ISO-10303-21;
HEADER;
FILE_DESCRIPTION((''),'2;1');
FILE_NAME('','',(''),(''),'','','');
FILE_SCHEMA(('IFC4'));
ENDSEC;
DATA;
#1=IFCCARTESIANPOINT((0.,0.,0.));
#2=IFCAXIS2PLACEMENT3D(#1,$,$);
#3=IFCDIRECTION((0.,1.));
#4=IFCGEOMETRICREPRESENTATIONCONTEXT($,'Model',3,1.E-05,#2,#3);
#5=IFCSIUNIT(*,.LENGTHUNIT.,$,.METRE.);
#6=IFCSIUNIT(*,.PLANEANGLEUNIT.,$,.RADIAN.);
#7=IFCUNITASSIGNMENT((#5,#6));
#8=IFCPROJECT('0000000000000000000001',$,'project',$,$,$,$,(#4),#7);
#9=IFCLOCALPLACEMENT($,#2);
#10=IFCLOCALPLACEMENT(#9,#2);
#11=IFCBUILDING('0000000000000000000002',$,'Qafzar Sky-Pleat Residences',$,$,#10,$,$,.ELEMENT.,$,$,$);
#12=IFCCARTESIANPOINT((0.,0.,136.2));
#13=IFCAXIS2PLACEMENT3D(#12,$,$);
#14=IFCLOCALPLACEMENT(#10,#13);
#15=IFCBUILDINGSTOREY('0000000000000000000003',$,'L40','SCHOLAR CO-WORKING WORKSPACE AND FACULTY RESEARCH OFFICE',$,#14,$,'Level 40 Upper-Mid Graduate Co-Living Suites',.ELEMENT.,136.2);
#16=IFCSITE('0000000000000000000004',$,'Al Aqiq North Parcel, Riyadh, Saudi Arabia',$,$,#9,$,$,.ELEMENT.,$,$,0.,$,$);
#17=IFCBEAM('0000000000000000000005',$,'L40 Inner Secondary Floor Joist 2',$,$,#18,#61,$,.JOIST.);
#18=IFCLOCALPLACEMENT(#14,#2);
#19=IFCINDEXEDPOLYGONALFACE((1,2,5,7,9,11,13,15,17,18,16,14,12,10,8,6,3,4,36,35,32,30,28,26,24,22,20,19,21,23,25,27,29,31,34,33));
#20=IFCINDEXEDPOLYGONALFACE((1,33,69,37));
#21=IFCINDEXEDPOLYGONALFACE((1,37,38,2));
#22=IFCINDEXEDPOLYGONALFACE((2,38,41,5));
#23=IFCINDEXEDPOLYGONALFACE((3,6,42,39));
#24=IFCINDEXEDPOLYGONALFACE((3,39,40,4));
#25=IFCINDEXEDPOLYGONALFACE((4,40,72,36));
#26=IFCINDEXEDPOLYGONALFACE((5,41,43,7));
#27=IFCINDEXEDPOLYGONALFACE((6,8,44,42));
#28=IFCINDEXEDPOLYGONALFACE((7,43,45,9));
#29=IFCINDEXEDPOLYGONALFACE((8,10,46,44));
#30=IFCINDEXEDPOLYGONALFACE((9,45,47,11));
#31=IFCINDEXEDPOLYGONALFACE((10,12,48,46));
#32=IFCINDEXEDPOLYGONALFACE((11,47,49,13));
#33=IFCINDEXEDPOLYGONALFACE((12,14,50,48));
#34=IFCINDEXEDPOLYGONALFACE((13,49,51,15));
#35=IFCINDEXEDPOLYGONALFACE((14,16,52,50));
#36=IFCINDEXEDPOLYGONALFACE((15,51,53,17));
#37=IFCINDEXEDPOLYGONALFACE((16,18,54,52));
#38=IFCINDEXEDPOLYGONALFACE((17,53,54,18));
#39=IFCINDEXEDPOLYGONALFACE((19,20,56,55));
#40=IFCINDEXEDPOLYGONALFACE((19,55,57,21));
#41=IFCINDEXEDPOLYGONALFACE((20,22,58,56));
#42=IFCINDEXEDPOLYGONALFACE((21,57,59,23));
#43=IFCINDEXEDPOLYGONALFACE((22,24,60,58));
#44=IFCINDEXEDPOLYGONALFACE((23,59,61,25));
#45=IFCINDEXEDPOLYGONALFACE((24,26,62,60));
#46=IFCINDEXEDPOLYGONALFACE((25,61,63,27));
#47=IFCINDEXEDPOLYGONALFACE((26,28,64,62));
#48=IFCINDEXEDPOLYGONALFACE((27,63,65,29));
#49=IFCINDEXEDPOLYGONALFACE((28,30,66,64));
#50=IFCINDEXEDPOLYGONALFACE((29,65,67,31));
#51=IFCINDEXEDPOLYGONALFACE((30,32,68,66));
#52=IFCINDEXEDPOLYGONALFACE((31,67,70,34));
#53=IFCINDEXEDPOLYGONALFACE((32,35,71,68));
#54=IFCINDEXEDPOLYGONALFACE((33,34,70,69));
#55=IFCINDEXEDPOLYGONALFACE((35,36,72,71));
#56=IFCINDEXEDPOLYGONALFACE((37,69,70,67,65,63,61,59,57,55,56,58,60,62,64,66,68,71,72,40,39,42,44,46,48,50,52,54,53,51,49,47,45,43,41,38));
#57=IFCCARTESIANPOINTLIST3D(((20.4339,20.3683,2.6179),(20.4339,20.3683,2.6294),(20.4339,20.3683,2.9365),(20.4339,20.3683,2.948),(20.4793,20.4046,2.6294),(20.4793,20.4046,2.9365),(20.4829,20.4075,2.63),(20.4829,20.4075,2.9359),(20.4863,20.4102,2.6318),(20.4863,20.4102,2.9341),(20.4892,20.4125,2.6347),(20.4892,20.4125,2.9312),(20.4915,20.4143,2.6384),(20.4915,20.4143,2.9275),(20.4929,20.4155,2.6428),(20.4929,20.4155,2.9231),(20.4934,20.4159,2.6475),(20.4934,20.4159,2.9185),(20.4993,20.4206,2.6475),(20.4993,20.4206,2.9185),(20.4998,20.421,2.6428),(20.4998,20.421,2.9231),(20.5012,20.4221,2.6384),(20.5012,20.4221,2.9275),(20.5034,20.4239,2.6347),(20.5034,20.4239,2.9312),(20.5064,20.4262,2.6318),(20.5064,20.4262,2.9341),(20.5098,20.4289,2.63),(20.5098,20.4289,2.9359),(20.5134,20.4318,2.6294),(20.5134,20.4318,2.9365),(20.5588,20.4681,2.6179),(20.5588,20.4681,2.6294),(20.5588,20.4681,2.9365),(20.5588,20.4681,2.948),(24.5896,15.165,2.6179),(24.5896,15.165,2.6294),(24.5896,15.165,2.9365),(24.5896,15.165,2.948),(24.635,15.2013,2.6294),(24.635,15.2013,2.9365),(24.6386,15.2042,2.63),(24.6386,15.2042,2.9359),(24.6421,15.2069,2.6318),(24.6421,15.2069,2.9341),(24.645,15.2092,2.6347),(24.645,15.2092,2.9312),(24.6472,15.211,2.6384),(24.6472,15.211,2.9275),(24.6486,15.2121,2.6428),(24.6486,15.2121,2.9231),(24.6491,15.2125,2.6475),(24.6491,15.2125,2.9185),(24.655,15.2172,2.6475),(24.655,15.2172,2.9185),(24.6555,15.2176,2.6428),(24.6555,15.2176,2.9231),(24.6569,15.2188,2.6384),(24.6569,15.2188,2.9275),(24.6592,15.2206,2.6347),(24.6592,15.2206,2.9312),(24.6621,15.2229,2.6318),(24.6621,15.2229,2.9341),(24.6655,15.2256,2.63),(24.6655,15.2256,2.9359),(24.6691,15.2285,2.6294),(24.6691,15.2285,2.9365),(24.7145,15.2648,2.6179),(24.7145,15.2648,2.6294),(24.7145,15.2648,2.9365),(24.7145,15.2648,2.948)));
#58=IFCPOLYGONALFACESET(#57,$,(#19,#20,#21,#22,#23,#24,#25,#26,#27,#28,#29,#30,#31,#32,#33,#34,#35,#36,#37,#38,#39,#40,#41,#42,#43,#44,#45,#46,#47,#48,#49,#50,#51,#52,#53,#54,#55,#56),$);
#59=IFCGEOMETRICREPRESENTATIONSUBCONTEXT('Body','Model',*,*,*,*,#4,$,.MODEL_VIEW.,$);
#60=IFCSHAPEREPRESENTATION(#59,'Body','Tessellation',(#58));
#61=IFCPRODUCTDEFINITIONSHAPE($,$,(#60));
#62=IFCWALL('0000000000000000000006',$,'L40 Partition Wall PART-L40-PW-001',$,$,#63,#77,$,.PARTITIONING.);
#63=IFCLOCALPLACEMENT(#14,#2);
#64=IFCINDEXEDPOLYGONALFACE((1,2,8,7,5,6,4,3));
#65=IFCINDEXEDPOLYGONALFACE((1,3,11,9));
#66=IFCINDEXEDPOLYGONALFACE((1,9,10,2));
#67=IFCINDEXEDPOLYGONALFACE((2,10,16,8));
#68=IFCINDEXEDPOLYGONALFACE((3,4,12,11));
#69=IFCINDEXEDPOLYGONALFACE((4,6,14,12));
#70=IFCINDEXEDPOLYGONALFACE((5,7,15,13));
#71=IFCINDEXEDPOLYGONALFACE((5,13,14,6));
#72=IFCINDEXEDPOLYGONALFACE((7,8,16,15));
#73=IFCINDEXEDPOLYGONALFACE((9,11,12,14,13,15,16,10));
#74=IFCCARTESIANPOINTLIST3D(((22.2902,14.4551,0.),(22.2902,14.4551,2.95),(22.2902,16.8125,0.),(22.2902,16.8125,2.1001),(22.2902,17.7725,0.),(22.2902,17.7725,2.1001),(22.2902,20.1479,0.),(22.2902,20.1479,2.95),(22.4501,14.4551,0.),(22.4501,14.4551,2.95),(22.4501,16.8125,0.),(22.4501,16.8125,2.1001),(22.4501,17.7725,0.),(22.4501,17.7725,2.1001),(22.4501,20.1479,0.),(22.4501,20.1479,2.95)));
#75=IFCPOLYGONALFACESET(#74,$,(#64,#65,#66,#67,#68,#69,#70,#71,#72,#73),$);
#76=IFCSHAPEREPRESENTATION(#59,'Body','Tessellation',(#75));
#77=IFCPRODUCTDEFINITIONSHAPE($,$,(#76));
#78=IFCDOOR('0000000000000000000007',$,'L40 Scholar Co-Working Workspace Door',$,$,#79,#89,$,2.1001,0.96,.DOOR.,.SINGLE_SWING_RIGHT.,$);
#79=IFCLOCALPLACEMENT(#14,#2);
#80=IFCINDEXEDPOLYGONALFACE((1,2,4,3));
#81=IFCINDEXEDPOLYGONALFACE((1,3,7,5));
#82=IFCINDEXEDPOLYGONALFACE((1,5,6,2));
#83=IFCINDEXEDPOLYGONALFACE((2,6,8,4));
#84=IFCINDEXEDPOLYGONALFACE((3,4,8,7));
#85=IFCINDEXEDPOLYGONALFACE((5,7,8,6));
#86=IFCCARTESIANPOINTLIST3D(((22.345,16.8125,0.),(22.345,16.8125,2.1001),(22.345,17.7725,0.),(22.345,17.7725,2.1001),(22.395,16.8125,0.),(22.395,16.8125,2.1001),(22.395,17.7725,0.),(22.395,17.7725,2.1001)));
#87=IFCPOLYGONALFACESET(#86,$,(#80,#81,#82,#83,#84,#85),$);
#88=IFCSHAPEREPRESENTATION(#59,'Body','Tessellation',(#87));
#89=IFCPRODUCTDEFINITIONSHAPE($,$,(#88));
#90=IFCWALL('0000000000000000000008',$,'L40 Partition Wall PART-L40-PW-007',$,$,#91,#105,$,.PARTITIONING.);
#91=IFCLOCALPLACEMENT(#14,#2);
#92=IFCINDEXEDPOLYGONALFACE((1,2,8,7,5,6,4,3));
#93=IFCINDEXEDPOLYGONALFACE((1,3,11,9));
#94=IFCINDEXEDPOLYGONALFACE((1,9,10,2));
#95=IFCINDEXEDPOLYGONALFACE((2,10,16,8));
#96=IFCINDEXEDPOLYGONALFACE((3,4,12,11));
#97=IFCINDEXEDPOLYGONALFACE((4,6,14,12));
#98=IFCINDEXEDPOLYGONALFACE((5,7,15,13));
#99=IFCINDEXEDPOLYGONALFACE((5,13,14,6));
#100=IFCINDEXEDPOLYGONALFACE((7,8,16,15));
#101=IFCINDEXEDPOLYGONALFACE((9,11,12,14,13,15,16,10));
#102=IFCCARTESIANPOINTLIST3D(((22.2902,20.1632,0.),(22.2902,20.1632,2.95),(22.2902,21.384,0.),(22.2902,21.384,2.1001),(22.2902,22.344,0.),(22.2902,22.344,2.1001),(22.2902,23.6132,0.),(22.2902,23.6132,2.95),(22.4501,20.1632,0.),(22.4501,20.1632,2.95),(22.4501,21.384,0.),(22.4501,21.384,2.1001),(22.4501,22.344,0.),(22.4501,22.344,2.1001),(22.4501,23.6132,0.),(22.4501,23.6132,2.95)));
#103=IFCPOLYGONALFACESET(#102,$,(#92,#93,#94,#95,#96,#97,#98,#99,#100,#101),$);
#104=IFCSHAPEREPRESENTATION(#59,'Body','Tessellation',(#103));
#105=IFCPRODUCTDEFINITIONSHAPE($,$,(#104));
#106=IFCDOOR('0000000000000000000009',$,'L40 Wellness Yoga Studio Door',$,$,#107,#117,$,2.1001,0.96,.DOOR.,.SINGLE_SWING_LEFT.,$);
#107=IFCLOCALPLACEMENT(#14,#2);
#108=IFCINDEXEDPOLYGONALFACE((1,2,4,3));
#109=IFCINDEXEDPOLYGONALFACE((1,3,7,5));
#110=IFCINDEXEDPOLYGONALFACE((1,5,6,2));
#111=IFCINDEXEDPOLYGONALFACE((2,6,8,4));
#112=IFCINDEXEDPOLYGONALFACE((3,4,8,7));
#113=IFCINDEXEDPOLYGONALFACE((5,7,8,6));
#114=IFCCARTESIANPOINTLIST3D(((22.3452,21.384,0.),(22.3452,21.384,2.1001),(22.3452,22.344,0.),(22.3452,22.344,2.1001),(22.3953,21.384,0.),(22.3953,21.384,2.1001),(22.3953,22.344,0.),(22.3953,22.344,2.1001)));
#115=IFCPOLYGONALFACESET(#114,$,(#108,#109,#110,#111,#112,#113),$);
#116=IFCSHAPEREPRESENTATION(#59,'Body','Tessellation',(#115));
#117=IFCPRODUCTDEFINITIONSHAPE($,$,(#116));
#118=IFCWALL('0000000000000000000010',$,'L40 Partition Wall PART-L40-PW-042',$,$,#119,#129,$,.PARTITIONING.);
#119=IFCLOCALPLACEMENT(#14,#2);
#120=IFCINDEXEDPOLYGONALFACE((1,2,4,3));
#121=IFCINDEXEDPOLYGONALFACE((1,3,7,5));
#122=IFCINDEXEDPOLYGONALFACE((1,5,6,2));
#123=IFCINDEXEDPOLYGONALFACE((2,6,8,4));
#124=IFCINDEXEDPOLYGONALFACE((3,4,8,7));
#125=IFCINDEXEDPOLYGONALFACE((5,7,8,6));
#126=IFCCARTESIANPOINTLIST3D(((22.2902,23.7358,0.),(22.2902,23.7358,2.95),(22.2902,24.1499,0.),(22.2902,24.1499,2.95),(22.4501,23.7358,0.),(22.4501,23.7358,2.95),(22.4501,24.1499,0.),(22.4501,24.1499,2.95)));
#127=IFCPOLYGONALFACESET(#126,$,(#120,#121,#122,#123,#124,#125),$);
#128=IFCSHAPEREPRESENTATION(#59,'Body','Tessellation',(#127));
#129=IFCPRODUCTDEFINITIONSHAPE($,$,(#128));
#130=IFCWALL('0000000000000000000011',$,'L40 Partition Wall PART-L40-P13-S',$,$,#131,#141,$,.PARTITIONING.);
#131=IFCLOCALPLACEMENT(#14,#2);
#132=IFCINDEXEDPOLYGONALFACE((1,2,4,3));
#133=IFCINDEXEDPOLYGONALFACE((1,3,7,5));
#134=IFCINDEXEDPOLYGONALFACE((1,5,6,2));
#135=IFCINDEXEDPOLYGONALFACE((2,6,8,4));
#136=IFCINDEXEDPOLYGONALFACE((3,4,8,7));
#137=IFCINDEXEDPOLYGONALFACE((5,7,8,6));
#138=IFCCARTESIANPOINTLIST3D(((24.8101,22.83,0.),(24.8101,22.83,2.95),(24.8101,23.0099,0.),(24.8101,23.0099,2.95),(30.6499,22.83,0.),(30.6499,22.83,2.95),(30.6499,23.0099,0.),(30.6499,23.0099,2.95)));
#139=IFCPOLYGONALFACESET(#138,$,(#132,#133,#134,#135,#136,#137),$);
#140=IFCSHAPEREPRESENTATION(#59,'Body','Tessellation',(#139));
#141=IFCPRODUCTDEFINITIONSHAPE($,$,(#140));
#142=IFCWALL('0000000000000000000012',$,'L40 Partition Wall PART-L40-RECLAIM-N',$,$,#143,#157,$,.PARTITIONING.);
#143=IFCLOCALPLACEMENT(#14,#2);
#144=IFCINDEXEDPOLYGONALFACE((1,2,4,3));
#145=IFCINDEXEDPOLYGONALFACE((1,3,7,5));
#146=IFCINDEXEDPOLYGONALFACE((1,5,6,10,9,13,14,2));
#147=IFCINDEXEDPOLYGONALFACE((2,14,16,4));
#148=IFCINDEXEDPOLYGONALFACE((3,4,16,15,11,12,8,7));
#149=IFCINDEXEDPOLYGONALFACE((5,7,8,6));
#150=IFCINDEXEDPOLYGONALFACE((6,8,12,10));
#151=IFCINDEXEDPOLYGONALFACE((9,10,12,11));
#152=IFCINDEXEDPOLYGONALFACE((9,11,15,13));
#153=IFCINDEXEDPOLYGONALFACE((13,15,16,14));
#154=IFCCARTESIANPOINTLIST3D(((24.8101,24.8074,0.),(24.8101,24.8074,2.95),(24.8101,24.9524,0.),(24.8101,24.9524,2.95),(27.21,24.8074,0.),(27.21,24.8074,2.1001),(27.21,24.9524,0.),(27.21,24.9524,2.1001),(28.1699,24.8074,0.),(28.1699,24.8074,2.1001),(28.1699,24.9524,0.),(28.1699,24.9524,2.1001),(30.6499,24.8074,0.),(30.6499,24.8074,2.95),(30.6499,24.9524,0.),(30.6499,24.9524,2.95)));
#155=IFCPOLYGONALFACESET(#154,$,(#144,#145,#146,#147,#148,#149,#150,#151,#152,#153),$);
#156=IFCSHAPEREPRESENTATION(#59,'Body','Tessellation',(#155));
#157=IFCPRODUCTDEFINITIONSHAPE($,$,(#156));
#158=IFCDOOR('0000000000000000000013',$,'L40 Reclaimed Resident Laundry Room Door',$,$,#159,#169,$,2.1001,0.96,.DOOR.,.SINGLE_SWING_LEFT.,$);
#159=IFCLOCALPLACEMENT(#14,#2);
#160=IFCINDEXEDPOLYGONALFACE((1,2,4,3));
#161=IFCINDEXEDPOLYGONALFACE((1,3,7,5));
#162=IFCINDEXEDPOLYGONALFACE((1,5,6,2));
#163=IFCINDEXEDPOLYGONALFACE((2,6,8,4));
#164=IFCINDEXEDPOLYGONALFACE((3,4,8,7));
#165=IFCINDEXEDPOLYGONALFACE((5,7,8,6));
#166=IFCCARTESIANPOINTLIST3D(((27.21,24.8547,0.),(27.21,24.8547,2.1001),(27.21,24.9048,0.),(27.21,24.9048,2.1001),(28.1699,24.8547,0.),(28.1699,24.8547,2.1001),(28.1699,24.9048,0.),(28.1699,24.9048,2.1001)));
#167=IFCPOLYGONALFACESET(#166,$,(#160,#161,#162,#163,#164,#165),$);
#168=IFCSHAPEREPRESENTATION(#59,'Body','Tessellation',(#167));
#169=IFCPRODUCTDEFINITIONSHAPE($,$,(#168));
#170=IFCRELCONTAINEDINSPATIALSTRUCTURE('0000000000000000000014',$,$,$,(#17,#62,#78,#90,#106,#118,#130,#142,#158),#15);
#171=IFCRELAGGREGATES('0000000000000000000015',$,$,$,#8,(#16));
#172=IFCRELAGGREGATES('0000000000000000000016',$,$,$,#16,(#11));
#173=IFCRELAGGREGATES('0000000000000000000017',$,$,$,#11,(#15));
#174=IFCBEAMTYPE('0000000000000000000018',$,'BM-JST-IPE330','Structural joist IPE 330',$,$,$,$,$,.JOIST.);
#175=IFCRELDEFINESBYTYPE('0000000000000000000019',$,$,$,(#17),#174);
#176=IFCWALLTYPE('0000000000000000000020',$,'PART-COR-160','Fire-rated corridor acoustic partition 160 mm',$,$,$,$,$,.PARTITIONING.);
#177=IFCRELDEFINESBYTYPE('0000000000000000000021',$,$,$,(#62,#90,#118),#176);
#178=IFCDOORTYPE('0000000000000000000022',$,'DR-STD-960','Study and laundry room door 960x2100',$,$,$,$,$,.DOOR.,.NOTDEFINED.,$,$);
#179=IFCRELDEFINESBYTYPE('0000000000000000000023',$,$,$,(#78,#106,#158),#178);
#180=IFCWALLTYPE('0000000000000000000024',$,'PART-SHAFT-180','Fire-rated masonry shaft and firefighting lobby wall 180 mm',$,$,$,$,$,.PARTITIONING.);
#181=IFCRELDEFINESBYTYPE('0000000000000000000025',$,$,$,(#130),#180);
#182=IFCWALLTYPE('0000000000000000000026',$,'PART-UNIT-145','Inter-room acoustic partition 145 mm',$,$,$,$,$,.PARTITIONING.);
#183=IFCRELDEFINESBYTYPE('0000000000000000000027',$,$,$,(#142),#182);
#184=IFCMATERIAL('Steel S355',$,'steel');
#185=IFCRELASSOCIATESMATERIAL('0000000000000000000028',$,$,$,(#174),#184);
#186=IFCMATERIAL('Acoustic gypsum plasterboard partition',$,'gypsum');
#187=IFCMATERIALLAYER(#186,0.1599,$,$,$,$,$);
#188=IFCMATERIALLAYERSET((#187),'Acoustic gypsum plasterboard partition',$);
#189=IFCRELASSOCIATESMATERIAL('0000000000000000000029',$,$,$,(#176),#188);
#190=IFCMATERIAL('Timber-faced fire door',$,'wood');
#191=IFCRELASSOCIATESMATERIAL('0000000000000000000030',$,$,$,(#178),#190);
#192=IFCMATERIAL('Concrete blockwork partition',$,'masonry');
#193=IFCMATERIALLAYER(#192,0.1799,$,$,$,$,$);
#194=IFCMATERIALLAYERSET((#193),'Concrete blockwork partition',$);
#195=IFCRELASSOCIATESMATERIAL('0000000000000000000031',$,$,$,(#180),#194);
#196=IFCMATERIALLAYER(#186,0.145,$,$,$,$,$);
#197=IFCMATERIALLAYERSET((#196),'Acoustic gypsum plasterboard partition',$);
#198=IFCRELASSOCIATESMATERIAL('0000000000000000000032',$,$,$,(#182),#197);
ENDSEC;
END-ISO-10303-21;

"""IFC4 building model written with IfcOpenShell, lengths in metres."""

from ifc_helpers import new_model, si_unit, direction, frame, frame_2d, origin, origin_2d, place, context, subcontext, project, spatial, rectangle, i_section, extrude, source, transform, mapped, material, layer, layer_set, material_profile, profile_set, type_object, element, fill, save


model = new_model("IFC4")

# Units and contexts
model_context = context("Model", 3, precision=1e-05, world=origin(), true_north=direction((0.0, 1.0)))
body_context = subcontext(model_context, "Body", "Model", "MODEL_VIEW")
ifc_project = project(units=[si_unit("LENGTHUNIT", "METRE"), si_unit("PLANEANGLEUNIT", "RADIAN")], contexts=[model_context])

# Site, building, storey
site_placement = place(None, origin())
site = spatial("IfcSite", under=ifc_project, at=site_placement, Name="Al Aqiq North Parcel, Riyadh, Saudi Arabia", CompositionType="ELEMENT", RefElevation=0.0)
building_placement = place(site_placement, origin())
building = spatial("IfcBuilding", under=site, at=building_placement, Name="Qafzar Sky-Pleat Residences", CompositionType="ELEMENT")
storey_placement = place(building_placement, frame((0.0, 0.0, 136.2)))
storey = spatial("IfcBuildingStorey", under=building, at=storey_placement, Name="L40", Description="SCHOLAR CO-WORKING WORKSPACE AND FACULTY RESEARCH OFFICE", LongName="Level 40 Upper-Mid Graduate Co-Living Suites", CompositionType="ELEMENT", Elevation=136.2)

# Beam
ifc_material_1 = material(Name="Steel S355", Category="steel")
ifc_material_profile = material_profile(ifc_material_1, i_section(OverallWidth=0.1599, OverallDepth=0.3301, WebThickness=0.0076, FlangeThickness=0.0115, FilletRadius=0.0181, at=origin_2d()), Name="IPE 330")
ifc_profile_set = profile_set([ifc_material_profile], Name="Steel S355")
beam_type = type_object("IfcBeamType", Name="BM-JST-IPE330", Description="Structural joist IPE 330", PredefinedType="JOIST", material=ifc_profile_set)
shared_shape_1 = source(origin(), body_context, "Body", "SweptSolid", [
    extrude(i_section(OverallWidth=0.1599, OverallDepth=0.3301, WebThickness=0.0076, FlangeThickness=0.0115, FilletRadius=0.0181, at=origin_2d()), origin(), (0.0, 0.0, 1.0), 6.6592),
])
beam_placement = place(storey_placement, frame((20.4963, 20.4182, 2.783), z_axis=(0.62406, -0.781376, 0.0), x_axis=(0.781376, 0.62406, 0.0)))
element("IfcBeam", 1, at=beam_placement, inside=storey, type_object=beam_type, Name="L40 Inner Secondary Floor Joist 2", PredefinedType="JOIST", context=body_context, shape_type="MappedRepresentation", body=[
    mapped(shared_shape_1, transform((0.0, 0.0, 0.0), x_axis=(1.0, 0.0, 0.0), y_axis=(0.0, 1.0, 0.0), z_axis=(0.0, 0.0, 1.0), scale=1.0)),
])

# Walls, openings, doors
ifc_material_2 = material(Name="Acoustic gypsum plasterboard partition", Category="gypsum")
ifc_layer_1 = layer(ifc_material_2, 0.1599)
ifc_layer_set_1 = layer_set([ifc_layer_1], Name="Acoustic gypsum plasterboard partition")
wall_type_1 = type_object("IfcWallType", Name="PART-COR-160", Description="Fire-rated corridor acoustic partition 160 mm", PredefinedType="PARTITIONING", material=ifc_layer_set_1)
wall_1_placement = place(storey_placement, frame((22.3701, 20.1479, 0.0), z_axis=(0.0, 0.0, 1.0), x_axis=(0.0, -1.0, 0.0)))
wall_1 = element("IfcWall", 2, at=wall_1_placement, inside=storey, type_object=wall_type_1, Name="L40 Partition Wall PART-L40-PW-001", PredefinedType="PARTITIONING", context=body_context, shape_type="SweptSolid", body=[
    extrude(rectangle(XDim=5.6929, YDim=0.1599, at=frame_2d((2.8464, 0.0))), origin(), (0.0, 0.0, 1.0), 2.95),
])
opening_1_placement = place(wall_1_placement, frame((2.3755, 0.0, 0.0)))
opening_1 = element("IfcOpeningElement", 3, at=opening_1_placement, cuts=wall_1, PredefinedType="OPENING", context=body_context, shape_type="SweptSolid", body=[
    extrude(rectangle(XDim=0.96, YDim=2.1001, at=frame_2d((0.48, 1.05))), frame((0.0, 0.0898, 0.0), z_axis=(0.0, -1.0, 0.0), x_axis=(1.0, 0.0, 0.0)), (0.0, 0.0, 1.0), 0.1799),
])
ifc_material_3 = material(Name="Timber-faced fire door", Category="wood")
door_type_1 = type_object("IfcDoorType", Name="DR-STD-960", Description="Study and laundry room door 960x2100", OperationType="NOTDEFINED", PredefinedType="DOOR", material=ifc_material_3)
shared_shape_2 = source(origin(), body_context, "Body", "SweptSolid", [
    extrude(rectangle(XDim=0.96, YDim=2.1001, at=frame_2d((0.48, 1.05))), frame((0.0, 0.0249, 0.0), z_axis=(0.0, -1.0, 0.0), x_axis=(1.0, 0.0, 0.0)), (0.0, 0.0, 1.0), 0.05),
])
door_1_placement = place(opening_1_placement, origin())
door_1 = element("IfcDoor", 4, at=door_1_placement, inside=storey, type_object=door_type_1, Name="L40 Scholar Co-Working Workspace Door", OperationType="SINGLE_SWING_RIGHT", OverallHeight=2.1001, OverallWidth=0.96, PredefinedType="DOOR", context=body_context, shape_type="MappedRepresentation", body=[
    mapped(shared_shape_2, transform((0.0, 0.0, 0.0), x_axis=(1.0, 0.0, 0.0), y_axis=(0.0, 1.0, 0.0), z_axis=(0.0, 0.0, 1.0), scale=1.0)),
])
fill(opening_1, door_1)
wall_2_placement = place(storey_placement, frame((22.3701, 20.1631, 0.0), z_axis=(0.0, 0.0, 1.0), x_axis=(0.0, 1.0, 0.0)))
wall_2 = element("IfcWall", 5, at=wall_2_placement, inside=storey, type_object=wall_type_1, Name="L40 Partition Wall PART-L40-PW-007", PredefinedType="PARTITIONING", context=body_context, shape_type="SweptSolid", body=[
    extrude(rectangle(XDim=3.45, YDim=0.1599, at=frame_2d((1.7251, 0.0))), origin(), (0.0, 0.0, 1.0), 2.95),
])
opening_2_placement = place(wall_2_placement, frame((1.2209, 0.0, 0.0)))
opening_2 = element("IfcOpeningElement", 6, at=opening_2_placement, cuts=wall_2, PredefinedType="OPENING", context=body_context, shape_type="SweptSolid", body=[
    extrude(rectangle(XDim=0.96, YDim=2.1001, at=frame_2d((0.48, 1.05))), frame((0.0, 0.0898, 0.0), z_axis=(0.0, -1.0, 0.0), x_axis=(1.0, 0.0, 0.0)), (0.0, 0.0, 1.0), 0.1799),
])
door_2_placement = place(opening_2_placement, origin())
door_2 = element("IfcDoor", 7, at=door_2_placement, inside=storey, type_object=door_type_1, Name="L40 Wellness Yoga Studio Door", OperationType="SINGLE_SWING_LEFT", OverallHeight=2.1001, OverallWidth=0.96, PredefinedType="DOOR", context=body_context, shape_type="MappedRepresentation", body=[
    mapped(shared_shape_2, transform((0.0, 0.0, 0.0), x_axis=(1.0, 0.0, 0.0), y_axis=(0.0, 1.0, 0.0), z_axis=(0.0, 0.0, 1.0), scale=1.0)),
])
fill(opening_2, door_2)

# Walls
wall_3_placement = place(storey_placement, frame((22.3701, 23.7358, 0.0), z_axis=(0.0, 0.0, 1.0), x_axis=(0.0, 1.0, 0.0)))
element("IfcWall", 8, at=wall_3_placement, inside=storey, type_object=wall_type_1, Name="L40 Partition Wall PART-L40-PW-042", PredefinedType="PARTITIONING", context=body_context, shape_type="SweptSolid", body=[
    extrude(rectangle(XDim=0.4141, YDim=0.1599, at=frame_2d((0.207, 0.0))), origin(), (0.0, 0.0, 1.0), 2.95),
])
ifc_material_4 = material(Name="Concrete blockwork partition", Category="masonry")
ifc_layer_2 = layer(ifc_material_4, 0.1799)
ifc_layer_set_2 = layer_set([ifc_layer_2], Name="Concrete blockwork partition")
wall_type_2 = type_object("IfcWallType", Name="PART-SHAFT-180", Description="Fire-rated masonry shaft and firefighting lobby wall 180 mm", PredefinedType="PARTITIONING", material=ifc_layer_set_2)
wall_4_placement = place(storey_placement, frame((24.8101, 22.9199, 0.0), z_axis=(0.0, 0.0, 1.0), x_axis=(1.0, 0.0, 0.0)))
element("IfcWall", 9, at=wall_4_placement, inside=storey, type_object=wall_type_2, Name="L40 Partition Wall PART-L40-P13-S", PredefinedType="PARTITIONING", context=body_context, shape_type="SweptSolid", body=[
    extrude(rectangle(XDim=5.8398, YDim=0.1799, at=frame_2d((2.9199, 0.0))), origin(), (0.0, 0.0, 1.0), 2.95),
])

# Wall, opening, door
ifc_layer_3 = layer(ifc_material_2, 0.145)
ifc_layer_set_3 = layer_set([ifc_layer_3], Name="Acoustic gypsum plasterboard partition")
wall_type_3 = type_object("IfcWallType", Name="PART-UNIT-145", Description="Inter-room acoustic partition 145 mm", PredefinedType="PARTITIONING", material=ifc_layer_set_3)
wall_5_placement = place(storey_placement, frame((24.8101, 24.8799, 0.0), z_axis=(0.0, 0.0, 1.0), x_axis=(1.0, 0.0, 0.0)))
wall_5 = element("IfcWall", 10, at=wall_5_placement, inside=storey, type_object=wall_type_3, Name="L40 Partition Wall PART-L40-RECLAIM-N", PredefinedType="PARTITIONING", context=body_context, shape_type="SweptSolid", body=[
    extrude(rectangle(XDim=5.8398, YDim=0.145, at=frame_2d((2.9199, 0.0))), origin(), (0.0, 0.0, 1.0), 2.95),
])
opening_3_placement = place(wall_5_placement, frame((2.3999, 0.0, 0.0)))
opening_3 = element("IfcOpeningElement", 11, at=opening_3_placement, cuts=wall_5, PredefinedType="OPENING", context=body_context, shape_type="SweptSolid", body=[
    extrude(rectangle(XDim=0.96, YDim=2.1001, at=frame_2d((0.48, 1.05))), frame((0.0, 0.0825, 0.0), z_axis=(0.0, -1.0, 0.0), x_axis=(1.0, 0.0, 0.0)), (0.0, 0.0, 1.0), 0.165),
])
door_3_placement = place(opening_3_placement, origin())
door_3 = element("IfcDoor", 12, at=door_3_placement, inside=storey, type_object=door_type_1, Name="L40 Reclaimed Resident Laundry Room Door", OperationType="SINGLE_SWING_LEFT", OverallHeight=2.1001, OverallWidth=0.96, PredefinedType="DOOR", context=body_context, shape_type="MappedRepresentation", body=[
    mapped(shared_shape_2, transform((0.0, 0.0, 0.0), x_axis=(1.0, 0.0, 0.0), y_axis=(0.0, 1.0, 0.0), z_axis=(0.0, 0.0, 1.0), scale=1.0)),
])
fill(opening_3, door_3)

save(model, "model.ifc")
